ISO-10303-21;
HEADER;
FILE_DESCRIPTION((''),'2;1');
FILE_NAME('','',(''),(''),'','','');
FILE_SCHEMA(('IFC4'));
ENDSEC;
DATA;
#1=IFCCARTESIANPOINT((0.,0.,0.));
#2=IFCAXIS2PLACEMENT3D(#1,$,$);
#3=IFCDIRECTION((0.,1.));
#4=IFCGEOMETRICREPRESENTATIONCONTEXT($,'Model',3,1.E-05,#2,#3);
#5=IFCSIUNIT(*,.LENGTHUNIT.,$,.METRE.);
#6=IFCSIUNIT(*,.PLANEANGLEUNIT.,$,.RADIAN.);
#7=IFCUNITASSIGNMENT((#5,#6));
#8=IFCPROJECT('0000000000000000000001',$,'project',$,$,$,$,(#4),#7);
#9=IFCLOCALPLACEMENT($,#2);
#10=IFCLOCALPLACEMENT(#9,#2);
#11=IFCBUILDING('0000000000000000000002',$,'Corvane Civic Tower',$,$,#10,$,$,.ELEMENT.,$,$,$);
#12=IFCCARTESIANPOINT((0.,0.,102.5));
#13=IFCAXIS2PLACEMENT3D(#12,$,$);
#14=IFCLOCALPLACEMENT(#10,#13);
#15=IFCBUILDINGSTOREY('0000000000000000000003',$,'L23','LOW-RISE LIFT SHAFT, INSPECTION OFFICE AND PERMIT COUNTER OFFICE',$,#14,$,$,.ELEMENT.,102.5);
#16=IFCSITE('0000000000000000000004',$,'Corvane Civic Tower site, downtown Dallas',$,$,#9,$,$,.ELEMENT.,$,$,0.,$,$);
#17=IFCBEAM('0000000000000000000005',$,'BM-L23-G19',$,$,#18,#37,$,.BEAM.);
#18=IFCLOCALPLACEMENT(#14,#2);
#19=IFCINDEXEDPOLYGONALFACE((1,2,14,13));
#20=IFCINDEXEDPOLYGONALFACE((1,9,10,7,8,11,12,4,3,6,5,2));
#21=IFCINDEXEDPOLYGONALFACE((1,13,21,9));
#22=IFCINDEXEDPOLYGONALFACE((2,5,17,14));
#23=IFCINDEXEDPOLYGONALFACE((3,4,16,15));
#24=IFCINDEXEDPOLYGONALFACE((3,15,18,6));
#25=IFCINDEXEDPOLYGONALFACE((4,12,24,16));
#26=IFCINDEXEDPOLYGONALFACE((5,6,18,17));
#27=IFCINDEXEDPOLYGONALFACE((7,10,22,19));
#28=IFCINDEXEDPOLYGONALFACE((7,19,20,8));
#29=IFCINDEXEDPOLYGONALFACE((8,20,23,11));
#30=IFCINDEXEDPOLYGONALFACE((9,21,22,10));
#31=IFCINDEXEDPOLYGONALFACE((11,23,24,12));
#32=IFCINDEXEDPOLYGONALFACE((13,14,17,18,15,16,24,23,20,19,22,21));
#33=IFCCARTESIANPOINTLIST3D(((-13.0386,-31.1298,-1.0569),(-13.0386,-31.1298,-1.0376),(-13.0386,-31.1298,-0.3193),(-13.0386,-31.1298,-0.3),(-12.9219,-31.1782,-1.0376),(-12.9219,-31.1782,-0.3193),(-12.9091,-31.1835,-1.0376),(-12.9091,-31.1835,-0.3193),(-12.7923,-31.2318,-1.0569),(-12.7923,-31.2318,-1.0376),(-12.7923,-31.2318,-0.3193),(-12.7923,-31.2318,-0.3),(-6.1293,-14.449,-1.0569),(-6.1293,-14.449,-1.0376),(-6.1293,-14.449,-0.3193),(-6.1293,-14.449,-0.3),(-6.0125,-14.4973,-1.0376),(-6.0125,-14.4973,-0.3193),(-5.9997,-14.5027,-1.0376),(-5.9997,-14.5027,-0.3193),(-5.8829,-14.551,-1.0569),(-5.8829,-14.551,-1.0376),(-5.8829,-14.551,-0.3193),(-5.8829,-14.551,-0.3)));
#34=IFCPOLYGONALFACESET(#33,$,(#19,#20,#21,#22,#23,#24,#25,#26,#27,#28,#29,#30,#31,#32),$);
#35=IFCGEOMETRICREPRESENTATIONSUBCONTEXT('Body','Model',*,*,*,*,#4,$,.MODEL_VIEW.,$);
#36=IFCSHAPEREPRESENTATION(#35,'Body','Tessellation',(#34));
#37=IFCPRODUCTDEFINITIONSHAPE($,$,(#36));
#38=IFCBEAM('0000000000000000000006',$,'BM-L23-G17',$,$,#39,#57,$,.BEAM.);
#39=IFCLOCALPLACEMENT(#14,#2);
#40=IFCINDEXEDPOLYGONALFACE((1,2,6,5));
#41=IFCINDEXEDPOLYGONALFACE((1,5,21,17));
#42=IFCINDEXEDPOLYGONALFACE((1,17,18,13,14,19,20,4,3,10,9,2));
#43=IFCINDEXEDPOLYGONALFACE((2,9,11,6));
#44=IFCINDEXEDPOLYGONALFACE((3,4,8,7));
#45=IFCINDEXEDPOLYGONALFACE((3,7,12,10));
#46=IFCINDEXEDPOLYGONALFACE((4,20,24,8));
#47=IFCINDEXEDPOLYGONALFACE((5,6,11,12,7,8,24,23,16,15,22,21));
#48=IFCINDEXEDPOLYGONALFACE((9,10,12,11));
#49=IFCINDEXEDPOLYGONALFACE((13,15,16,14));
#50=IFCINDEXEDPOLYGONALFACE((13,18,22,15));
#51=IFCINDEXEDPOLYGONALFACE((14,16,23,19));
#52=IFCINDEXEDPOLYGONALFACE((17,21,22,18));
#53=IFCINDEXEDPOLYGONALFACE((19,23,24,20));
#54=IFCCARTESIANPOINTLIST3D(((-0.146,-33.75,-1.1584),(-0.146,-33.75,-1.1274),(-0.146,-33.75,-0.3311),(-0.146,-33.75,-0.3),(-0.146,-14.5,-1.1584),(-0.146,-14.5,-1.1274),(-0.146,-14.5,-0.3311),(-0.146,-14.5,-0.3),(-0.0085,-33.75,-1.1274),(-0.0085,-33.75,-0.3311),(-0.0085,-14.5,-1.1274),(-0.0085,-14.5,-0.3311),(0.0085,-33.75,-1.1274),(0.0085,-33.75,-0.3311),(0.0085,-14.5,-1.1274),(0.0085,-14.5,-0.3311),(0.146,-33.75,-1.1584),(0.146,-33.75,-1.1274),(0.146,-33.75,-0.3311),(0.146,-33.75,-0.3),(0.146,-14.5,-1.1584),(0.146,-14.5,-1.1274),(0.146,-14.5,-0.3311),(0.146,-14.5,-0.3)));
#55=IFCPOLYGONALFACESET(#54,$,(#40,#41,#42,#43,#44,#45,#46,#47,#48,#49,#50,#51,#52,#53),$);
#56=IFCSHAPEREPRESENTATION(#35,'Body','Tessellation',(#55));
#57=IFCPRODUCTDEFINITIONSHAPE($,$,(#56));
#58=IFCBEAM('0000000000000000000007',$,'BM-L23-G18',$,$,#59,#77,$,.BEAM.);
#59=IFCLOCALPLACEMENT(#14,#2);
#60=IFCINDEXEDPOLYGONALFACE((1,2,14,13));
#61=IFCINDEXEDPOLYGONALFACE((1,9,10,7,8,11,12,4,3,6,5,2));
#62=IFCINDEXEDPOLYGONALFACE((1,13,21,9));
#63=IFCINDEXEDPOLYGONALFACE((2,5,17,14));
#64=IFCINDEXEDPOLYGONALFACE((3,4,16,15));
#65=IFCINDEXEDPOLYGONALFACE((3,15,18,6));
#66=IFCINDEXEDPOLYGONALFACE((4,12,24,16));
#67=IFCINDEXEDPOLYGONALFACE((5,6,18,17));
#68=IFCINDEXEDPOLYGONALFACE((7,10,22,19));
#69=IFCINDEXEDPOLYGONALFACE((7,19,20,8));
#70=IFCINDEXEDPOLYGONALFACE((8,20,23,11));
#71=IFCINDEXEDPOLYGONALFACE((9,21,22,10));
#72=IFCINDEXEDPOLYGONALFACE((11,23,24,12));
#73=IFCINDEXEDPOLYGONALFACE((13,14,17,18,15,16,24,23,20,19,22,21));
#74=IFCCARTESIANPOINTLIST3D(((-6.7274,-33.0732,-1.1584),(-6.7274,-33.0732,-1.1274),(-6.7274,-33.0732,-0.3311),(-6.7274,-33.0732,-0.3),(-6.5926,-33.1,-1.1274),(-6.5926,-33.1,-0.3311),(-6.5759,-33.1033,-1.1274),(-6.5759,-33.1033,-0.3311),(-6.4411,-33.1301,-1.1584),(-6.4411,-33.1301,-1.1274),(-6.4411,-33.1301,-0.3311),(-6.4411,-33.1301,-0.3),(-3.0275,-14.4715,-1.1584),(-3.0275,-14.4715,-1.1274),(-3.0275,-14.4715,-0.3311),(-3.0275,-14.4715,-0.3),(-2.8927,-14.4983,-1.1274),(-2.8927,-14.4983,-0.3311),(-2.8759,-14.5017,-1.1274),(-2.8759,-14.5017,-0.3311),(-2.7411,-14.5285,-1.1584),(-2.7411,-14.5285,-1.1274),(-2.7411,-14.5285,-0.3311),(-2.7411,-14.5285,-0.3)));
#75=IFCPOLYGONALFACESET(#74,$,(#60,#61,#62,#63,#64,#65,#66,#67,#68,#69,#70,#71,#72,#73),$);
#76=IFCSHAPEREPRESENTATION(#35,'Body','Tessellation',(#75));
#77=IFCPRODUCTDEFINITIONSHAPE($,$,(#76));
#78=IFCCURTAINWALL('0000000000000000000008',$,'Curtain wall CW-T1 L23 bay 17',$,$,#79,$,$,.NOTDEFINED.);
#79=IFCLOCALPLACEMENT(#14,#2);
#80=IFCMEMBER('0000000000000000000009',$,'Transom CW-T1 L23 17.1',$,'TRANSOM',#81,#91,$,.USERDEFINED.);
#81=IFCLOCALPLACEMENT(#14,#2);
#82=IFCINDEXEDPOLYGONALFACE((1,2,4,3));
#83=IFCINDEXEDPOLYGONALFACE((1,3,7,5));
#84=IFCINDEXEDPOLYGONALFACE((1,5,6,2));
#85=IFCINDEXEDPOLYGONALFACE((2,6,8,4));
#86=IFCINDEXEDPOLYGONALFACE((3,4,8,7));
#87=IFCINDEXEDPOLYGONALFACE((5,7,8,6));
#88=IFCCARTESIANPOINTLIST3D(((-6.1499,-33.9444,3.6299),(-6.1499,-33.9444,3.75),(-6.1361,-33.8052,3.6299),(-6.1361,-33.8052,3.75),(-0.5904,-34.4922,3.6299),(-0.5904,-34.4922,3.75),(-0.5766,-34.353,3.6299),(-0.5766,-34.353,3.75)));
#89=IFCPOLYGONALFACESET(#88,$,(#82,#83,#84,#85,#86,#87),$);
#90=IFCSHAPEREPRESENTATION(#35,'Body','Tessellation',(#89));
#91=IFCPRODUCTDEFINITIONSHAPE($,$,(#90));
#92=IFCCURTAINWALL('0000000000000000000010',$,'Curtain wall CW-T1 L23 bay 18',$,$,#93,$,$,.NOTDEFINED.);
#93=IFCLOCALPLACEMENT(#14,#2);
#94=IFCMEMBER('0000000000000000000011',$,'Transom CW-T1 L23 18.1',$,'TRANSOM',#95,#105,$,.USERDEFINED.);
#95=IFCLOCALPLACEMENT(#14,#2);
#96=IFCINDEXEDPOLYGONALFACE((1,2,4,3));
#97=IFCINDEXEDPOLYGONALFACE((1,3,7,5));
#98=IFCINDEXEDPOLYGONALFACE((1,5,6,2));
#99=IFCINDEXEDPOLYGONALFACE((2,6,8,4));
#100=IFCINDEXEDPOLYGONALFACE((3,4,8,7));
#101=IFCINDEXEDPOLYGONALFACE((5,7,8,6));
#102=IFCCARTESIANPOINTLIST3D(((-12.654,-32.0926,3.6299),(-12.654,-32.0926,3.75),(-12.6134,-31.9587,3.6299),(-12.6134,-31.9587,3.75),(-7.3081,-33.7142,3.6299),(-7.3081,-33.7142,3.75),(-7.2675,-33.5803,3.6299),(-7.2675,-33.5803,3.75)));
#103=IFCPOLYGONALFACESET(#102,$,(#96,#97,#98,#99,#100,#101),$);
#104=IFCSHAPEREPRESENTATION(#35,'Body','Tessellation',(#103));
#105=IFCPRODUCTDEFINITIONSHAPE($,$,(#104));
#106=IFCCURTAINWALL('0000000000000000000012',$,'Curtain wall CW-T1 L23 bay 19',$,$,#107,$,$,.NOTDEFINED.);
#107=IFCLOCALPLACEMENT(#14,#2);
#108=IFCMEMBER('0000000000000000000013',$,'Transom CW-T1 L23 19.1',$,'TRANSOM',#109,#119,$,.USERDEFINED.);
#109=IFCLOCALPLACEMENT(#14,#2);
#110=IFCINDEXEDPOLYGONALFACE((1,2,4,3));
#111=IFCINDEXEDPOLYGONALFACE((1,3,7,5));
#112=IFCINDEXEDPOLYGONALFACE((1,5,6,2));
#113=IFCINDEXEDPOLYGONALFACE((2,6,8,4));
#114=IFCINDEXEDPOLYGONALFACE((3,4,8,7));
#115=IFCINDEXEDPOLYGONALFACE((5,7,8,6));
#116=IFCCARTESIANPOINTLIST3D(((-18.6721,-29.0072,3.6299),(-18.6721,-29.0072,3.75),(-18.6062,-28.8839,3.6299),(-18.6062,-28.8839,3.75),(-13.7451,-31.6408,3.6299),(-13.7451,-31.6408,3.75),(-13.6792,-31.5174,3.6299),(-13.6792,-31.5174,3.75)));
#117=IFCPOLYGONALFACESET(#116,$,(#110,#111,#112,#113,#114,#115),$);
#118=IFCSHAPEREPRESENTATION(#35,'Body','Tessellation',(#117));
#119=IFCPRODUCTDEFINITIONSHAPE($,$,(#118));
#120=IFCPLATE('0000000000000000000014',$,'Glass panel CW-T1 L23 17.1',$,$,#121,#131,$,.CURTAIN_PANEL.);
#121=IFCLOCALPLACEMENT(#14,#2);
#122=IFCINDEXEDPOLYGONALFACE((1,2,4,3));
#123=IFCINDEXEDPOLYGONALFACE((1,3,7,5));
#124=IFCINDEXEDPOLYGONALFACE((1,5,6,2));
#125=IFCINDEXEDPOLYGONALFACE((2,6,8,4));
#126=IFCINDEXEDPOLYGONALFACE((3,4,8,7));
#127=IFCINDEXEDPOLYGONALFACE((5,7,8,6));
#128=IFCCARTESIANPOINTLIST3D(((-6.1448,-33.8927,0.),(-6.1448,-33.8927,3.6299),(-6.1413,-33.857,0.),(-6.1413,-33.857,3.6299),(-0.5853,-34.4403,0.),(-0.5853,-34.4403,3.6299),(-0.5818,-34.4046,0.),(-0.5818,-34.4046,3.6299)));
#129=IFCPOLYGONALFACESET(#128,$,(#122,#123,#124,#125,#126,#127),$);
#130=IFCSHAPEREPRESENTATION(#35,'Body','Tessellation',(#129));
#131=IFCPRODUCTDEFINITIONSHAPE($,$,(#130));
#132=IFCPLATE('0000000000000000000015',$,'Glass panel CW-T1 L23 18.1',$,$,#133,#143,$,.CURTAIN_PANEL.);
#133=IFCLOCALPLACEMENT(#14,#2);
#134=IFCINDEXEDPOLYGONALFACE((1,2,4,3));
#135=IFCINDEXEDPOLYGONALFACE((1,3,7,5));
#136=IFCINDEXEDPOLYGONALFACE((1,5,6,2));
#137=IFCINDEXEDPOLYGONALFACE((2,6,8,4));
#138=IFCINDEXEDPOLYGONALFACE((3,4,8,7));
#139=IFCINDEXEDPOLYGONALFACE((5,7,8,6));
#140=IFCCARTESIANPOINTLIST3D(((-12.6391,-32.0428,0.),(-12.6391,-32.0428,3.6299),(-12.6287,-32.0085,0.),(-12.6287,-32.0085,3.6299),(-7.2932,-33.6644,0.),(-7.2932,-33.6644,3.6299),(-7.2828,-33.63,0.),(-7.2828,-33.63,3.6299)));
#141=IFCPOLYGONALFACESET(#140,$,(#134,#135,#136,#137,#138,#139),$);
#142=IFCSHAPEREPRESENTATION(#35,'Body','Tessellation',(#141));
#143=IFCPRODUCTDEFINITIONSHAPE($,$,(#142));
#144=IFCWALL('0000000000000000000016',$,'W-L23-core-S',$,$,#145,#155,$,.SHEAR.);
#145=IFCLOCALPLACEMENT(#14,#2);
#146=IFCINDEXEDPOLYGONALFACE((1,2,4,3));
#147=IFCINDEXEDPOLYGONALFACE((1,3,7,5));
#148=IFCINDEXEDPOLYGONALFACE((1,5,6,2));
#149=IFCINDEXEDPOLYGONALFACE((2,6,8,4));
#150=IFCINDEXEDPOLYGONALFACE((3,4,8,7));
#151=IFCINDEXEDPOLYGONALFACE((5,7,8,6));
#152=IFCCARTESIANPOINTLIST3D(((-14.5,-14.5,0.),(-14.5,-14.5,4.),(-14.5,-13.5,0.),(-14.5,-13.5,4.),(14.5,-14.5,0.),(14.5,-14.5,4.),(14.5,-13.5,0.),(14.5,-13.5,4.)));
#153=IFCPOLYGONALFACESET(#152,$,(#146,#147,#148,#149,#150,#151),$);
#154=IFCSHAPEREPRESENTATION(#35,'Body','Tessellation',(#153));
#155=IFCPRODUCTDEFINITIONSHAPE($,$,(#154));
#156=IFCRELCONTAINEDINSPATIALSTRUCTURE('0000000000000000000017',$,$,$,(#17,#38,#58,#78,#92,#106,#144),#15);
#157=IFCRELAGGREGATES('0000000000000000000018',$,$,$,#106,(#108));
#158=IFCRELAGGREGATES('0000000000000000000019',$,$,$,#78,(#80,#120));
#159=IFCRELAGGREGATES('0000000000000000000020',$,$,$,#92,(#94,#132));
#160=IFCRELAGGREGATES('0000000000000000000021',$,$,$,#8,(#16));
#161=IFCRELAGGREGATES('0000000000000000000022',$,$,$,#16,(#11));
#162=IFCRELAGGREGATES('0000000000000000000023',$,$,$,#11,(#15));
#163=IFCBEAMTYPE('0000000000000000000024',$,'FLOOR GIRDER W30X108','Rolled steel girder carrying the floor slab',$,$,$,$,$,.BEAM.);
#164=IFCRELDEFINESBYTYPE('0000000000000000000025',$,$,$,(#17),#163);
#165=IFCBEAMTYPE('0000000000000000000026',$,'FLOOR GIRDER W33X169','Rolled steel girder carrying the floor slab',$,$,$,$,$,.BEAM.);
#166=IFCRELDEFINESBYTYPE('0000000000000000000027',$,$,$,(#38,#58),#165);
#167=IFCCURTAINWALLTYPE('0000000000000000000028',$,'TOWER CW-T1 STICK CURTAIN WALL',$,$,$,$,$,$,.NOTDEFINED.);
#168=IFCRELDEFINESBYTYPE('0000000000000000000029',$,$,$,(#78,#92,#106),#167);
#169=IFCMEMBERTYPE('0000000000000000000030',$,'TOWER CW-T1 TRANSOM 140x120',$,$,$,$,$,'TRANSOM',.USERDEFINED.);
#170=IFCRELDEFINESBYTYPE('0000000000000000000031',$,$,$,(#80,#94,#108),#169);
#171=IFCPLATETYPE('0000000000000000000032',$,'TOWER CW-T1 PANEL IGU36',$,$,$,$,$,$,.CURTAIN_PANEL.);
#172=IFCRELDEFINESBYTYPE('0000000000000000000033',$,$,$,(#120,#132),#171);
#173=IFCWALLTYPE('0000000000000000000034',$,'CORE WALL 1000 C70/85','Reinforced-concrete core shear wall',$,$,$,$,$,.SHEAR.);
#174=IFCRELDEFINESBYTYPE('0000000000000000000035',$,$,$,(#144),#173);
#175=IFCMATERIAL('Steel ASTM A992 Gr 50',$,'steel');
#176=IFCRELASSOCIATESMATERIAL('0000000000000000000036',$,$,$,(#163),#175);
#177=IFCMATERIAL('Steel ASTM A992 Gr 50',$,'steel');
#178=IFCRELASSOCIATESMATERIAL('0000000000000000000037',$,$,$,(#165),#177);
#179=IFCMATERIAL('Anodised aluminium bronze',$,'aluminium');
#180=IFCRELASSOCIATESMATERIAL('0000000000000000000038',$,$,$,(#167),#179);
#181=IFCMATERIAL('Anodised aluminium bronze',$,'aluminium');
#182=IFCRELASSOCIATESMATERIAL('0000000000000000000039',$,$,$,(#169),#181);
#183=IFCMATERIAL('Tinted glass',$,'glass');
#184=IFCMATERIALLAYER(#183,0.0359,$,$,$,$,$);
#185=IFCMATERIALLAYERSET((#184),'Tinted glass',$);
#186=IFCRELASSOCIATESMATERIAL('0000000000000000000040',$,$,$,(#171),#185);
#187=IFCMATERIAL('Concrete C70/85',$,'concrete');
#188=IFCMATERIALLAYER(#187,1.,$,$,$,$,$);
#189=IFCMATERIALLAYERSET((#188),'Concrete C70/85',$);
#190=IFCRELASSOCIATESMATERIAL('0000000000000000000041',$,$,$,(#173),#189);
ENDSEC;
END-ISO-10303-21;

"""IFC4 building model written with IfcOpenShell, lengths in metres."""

from ifc_helpers import new_model, si_unit, direction, frame, frame_2d, origin, origin_2d, place, context, subcontext, project, spatial, rectangle, i_section, extrude, material, layer, layer_set, material_profile, profile_set, type_object, element, aggregate, save


model = new_model("IFC4")

# Units and contexts
model_context = context("Model", 3, precision=1e-05, world=origin(), true_north=direction((0.0, 1.0)))
body_context = subcontext(model_context, "Body", "Model", "MODEL_VIEW")
ifc_project = project(units=[si_unit("LENGTHUNIT", "METRE"), si_unit("PLANEANGLEUNIT", "RADIAN")], contexts=[model_context])

# Site, building, storey
site_placement = place(None, origin())
site = spatial("IfcSite", under=ifc_project, at=site_placement, Name="Corvane Civic Tower site, downtown Dallas", CompositionType="ELEMENT", RefElevation=0.0)
building_placement = place(site_placement, origin())
building = spatial("IfcBuilding", under=site, at=building_placement, Name="Corvane Civic Tower", CompositionType="ELEMENT")
storey_placement = place(building_placement, frame((0.0, 0.0, 102.5)))
storey = spatial("IfcBuildingStorey", under=building, at=storey_placement, Name="L23", Description="LOW-RISE LIFT SHAFT, INSPECTION OFFICE AND PERMIT COUNTER OFFICE", CompositionType="ELEMENT", Elevation=102.5)

# Beams
ifc_material_1 = material(Name="Steel ASTM A992 Gr 50", Category="steel")
ifc_material_profile_1 = material_profile(ifc_material_1, i_section(OverallWidth=0.2666, OverallDepth=0.7568, WebThickness=0.0139, FlangeThickness=0.0193, at=origin_2d()), Name="W30X108")
ifc_profile_set_1 = profile_set([ifc_material_profile_1], Name="Steel ASTM A992 Gr 50")
beam_type_1 = type_object("IfcBeamType", Name="FLOOR GIRDER W30X108", Description="Rolled steel girder carrying the floor slab", PredefinedType="BEAM", material=ifc_profile_set_1)
beam_1_placement = place(storey_placement, frame((-6.0061, -14.5, -0.6785), z_axis=(-0.382682, -0.92388, 0.0), x_axis=(0.92388, -0.382682, 0.0)))
element("IfcBeam", 1, at=beam_1_placement, inside=storey, type_object=beam_type_1, Name="BM-L23-G19", PredefinedType="BEAM", context=body_context, shape_type="SweptSolid", body=[
    extrude(i_section(OverallWidth=0.2666, OverallDepth=0.7568, WebThickness=0.0139, FlangeThickness=0.0193, at=origin_2d()), origin(), (0.0, 0.0, 1.0), 18.0552),
])
ifc_material_2 = material(Name="Steel ASTM A992 Gr 50", Category="steel")
ifc_material_profile_2 = material_profile(ifc_material_2, i_section(OverallWidth=0.292, OverallDepth=0.8584, WebThickness=0.0171, FlangeThickness=0.031, at=origin_2d()), Name="W33X169")
ifc_profile_set_2 = profile_set([ifc_material_profile_2], Name="Steel ASTM A992 Gr 50")
beam_type_2 = type_object("IfcBeamType", Name="FLOOR GIRDER W33X169", Description="Rolled steel girder carrying the floor slab", PredefinedType="BEAM", material=ifc_profile_set_2)
beam_2_placement = place(storey_placement, frame((0.0, -14.5, -0.7292), z_axis=(0.0, -1.0, 0.0), x_axis=(1.0, 0.0, 0.0)))
element("IfcBeam", 2, at=beam_2_placement, inside=storey, type_object=beam_type_2, Name="BM-L23-G17", PredefinedType="BEAM", context=body_context, shape_type="SweptSolid", body=[
    extrude(i_section(OverallWidth=0.292, OverallDepth=0.8584, WebThickness=0.0171, FlangeThickness=0.031, at=origin_2d()), origin(), (0.0, 0.0, 1.0), 19.25),
])
beam_3_placement = place(storey_placement, frame((-2.8843, -14.5, -0.7292), z_axis=(-0.195084, -0.980787, 0.0), x_axis=(0.980787, -0.195084, 0.0)))
element("IfcBeam", 3, at=beam_3_placement, inside=storey, type_object=beam_type_2, Name="BM-L23-G18", PredefinedType="BEAM", context=body_context, shape_type="SweptSolid", body=[
    extrude(i_section(OverallWidth=0.292, OverallDepth=0.8584, WebThickness=0.0171, FlangeThickness=0.031, at=origin_2d()), origin(), (0.0, 0.0, 1.0), 18.9661),
])

# Curtain walls, members
ifc_material_3 = material(Name="Anodised aluminium bronze", Category="aluminium")
curtain_wall_type = type_object("IfcCurtainWallType", Name="TOWER CW-T1 STICK CURTAIN WALL", PredefinedType="NOTDEFINED", material=ifc_material_3)
curtain_wall_1_placement = place(storey_placement, origin())
curtain_wall_1 = element("IfcCurtainWall", 4, at=curtain_wall_1_placement, inside=storey, type_object=curtain_wall_type, Name="Curtain wall CW-T1 L23 bay 17", PredefinedType="NOTDEFINED")
ifc_material_4 = material(Name="Anodised aluminium bronze", Category="aluminium")
ifc_material_profile_3 = material_profile(ifc_material_4, rectangle(XDim=0.1399, YDim=0.1201, at=origin_2d()), Name="TOWER CW-T1 TRANSOM 140x120")
ifc_profile_set_3 = profile_set([ifc_material_profile_3], Name="Anodised aluminium bronze")
member_type = type_object("IfcMemberType", Name="TOWER CW-T1 TRANSOM 140x120", ElementType="TRANSOM", PredefinedType="USERDEFINED", material=ifc_profile_set_3)
member_1_placement = place(storey_placement, frame((-0.5835, -34.4226, 3.6899), z_axis=(-0.99518, 0.098067, 0.0), x_axis=(-0.098067, -0.99518, 0.0)))
member_1 = element("IfcMember", 5, at=member_1_placement, type_object=member_type, Name="Transom CW-T1 L23 17.1", ObjectType="TRANSOM", PredefinedType="USERDEFINED", context=body_context, shape_type="SweptSolid", body=[
    extrude(rectangle(XDim=0.1399, YDim=0.1201, at=origin_2d()), origin(), (0.0, 0.0, 1.0), 5.5864),
])
curtain_wall_2_placement = place(storey_placement, origin())
curtain_wall_2 = element("IfcCurtainWall", 6, at=curtain_wall_2_placement, inside=storey, type_object=curtain_wall_type, Name="Curtain wall CW-T1 L23 bay 18", PredefinedType="NOTDEFINED")
member_2_placement = place(storey_placement, frame((-7.2878, -33.6472, 3.6899), z_axis=(-0.956945, 0.290269, 0.0), x_axis=(-0.290269, -0.956945, 0.0)))
member_2 = element("IfcMember", 7, at=member_2_placement, type_object=member_type, Name="Transom CW-T1 L23 18.1", ObjectType="TRANSOM", PredefinedType="USERDEFINED", context=body_context, shape_type="SweptSolid", body=[
    extrude(rectangle(XDim=0.1399, YDim=0.1201, at=origin_2d()), origin(), (0.0, 0.0, 1.0), 5.5864),
])
curtain_wall_3_placement = place(storey_placement, origin())
curtain_wall_3 = element("IfcCurtainWall", 8, at=curtain_wall_3_placement, inside=storey, type_object=curtain_wall_type, Name="Curtain wall CW-T1 L23 bay 19", PredefinedType="NOTDEFINED")
member_3_placement = place(storey_placement, frame((-13.7122, -31.5791, 3.6899), z_axis=(-0.881921, 0.471398, 0.0), x_axis=(-0.471398, -0.881921, 0.0)))
member_3 = element("IfcMember", 9, at=member_3_placement, type_object=member_type, Name="Transom CW-T1 L23 19.1", ObjectType="TRANSOM", PredefinedType="USERDEFINED", context=body_context, shape_type="SweptSolid", body=[
    extrude(rectangle(XDim=0.1399, YDim=0.1201, at=origin_2d()), origin(), (0.0, 0.0, 1.0), 5.5867),
])
aggregate(curtain_wall_3, [member_3])

# Plates
ifc_material_5 = material(Name="Tinted glass", Category="glass")
ifc_layer_1 = layer(ifc_material_5, 0.0359)
ifc_layer_set_1 = layer_set([ifc_layer_1], Name="Tinted glass")
plate_type = type_object("IfcPlateType", Name="TOWER CW-T1 PANEL IGU36", PredefinedType="CURTAIN_PANEL", material=ifc_layer_set_1)
plate_1_placement = place(storey_placement, frame((-3.3633, -34.1487, 0.0), z_axis=(0.0, 0.0, 1.0), x_axis=(-0.995184, 0.098027, 0.0)))
plate_1 = element("IfcPlate", 10, at=plate_1_placement, type_object=plate_type, Name="Glass panel CW-T1 L23 17.1", PredefinedType="CURTAIN_PANEL", context=body_context, shape_type="SweptSolid", body=[
    extrude(rectangle(XDim=5.5864, YDim=0.0359, at=origin_2d()), origin(), (0.0, 0.0, 1.0), 3.6299),
])
aggregate(curtain_wall_1, [member_1, plate_1])
plate_2_placement = place(storey_placement, frame((-9.9609, -32.8364, 0.0), z_axis=(0.0, 0.0, 1.0), x_axis=(-0.956946, 0.290266, 0.0)))
plate_2 = element("IfcPlate", 11, at=plate_2_placement, type_object=plate_type, Name="Glass panel CW-T1 L23 18.1", PredefinedType="CURTAIN_PANEL", context=body_context, shape_type="SweptSolid", body=[
    extrude(rectangle(XDim=5.5864, YDim=0.0359, at=origin_2d()), origin(), (0.0, 0.0, 1.0), 3.6299),
])
aggregate(curtain_wall_2, [member_2, plate_2])

# Wall
ifc_material_6 = material(Name="Concrete C70/85", Category="concrete")
ifc_layer_2 = layer(ifc_material_6, 1.0)
ifc_layer_set_2 = layer_set([ifc_layer_2], Name="Concrete C70/85")
wall_type_1 = type_object("IfcWallType", Name="CORE WALL 1000 C70/85", Description="Reinforced-concrete core shear wall", PredefinedType="SHEAR", material=ifc_layer_set_2)
wall_1_placement = place(storey_placement, frame((-14.5, -14.0, 0.0), z_axis=(0.0, 0.0, 1.0), x_axis=(1.0, 0.0, 0.0)))
element("IfcWall", 12, at=wall_1_placement, inside=storey, type_object=wall_type_1, Name="W-L23-core-S", PredefinedType="SHEAR", context=body_context, shape_type="SweptSolid", body=[
    extrude(rectangle(XDim=29.0, YDim=1.0, at=frame_2d((14.5, 0.0))), origin(), (0.0, 0.0, 1.0), 4.0),
])

save(model, "model.ifc")
